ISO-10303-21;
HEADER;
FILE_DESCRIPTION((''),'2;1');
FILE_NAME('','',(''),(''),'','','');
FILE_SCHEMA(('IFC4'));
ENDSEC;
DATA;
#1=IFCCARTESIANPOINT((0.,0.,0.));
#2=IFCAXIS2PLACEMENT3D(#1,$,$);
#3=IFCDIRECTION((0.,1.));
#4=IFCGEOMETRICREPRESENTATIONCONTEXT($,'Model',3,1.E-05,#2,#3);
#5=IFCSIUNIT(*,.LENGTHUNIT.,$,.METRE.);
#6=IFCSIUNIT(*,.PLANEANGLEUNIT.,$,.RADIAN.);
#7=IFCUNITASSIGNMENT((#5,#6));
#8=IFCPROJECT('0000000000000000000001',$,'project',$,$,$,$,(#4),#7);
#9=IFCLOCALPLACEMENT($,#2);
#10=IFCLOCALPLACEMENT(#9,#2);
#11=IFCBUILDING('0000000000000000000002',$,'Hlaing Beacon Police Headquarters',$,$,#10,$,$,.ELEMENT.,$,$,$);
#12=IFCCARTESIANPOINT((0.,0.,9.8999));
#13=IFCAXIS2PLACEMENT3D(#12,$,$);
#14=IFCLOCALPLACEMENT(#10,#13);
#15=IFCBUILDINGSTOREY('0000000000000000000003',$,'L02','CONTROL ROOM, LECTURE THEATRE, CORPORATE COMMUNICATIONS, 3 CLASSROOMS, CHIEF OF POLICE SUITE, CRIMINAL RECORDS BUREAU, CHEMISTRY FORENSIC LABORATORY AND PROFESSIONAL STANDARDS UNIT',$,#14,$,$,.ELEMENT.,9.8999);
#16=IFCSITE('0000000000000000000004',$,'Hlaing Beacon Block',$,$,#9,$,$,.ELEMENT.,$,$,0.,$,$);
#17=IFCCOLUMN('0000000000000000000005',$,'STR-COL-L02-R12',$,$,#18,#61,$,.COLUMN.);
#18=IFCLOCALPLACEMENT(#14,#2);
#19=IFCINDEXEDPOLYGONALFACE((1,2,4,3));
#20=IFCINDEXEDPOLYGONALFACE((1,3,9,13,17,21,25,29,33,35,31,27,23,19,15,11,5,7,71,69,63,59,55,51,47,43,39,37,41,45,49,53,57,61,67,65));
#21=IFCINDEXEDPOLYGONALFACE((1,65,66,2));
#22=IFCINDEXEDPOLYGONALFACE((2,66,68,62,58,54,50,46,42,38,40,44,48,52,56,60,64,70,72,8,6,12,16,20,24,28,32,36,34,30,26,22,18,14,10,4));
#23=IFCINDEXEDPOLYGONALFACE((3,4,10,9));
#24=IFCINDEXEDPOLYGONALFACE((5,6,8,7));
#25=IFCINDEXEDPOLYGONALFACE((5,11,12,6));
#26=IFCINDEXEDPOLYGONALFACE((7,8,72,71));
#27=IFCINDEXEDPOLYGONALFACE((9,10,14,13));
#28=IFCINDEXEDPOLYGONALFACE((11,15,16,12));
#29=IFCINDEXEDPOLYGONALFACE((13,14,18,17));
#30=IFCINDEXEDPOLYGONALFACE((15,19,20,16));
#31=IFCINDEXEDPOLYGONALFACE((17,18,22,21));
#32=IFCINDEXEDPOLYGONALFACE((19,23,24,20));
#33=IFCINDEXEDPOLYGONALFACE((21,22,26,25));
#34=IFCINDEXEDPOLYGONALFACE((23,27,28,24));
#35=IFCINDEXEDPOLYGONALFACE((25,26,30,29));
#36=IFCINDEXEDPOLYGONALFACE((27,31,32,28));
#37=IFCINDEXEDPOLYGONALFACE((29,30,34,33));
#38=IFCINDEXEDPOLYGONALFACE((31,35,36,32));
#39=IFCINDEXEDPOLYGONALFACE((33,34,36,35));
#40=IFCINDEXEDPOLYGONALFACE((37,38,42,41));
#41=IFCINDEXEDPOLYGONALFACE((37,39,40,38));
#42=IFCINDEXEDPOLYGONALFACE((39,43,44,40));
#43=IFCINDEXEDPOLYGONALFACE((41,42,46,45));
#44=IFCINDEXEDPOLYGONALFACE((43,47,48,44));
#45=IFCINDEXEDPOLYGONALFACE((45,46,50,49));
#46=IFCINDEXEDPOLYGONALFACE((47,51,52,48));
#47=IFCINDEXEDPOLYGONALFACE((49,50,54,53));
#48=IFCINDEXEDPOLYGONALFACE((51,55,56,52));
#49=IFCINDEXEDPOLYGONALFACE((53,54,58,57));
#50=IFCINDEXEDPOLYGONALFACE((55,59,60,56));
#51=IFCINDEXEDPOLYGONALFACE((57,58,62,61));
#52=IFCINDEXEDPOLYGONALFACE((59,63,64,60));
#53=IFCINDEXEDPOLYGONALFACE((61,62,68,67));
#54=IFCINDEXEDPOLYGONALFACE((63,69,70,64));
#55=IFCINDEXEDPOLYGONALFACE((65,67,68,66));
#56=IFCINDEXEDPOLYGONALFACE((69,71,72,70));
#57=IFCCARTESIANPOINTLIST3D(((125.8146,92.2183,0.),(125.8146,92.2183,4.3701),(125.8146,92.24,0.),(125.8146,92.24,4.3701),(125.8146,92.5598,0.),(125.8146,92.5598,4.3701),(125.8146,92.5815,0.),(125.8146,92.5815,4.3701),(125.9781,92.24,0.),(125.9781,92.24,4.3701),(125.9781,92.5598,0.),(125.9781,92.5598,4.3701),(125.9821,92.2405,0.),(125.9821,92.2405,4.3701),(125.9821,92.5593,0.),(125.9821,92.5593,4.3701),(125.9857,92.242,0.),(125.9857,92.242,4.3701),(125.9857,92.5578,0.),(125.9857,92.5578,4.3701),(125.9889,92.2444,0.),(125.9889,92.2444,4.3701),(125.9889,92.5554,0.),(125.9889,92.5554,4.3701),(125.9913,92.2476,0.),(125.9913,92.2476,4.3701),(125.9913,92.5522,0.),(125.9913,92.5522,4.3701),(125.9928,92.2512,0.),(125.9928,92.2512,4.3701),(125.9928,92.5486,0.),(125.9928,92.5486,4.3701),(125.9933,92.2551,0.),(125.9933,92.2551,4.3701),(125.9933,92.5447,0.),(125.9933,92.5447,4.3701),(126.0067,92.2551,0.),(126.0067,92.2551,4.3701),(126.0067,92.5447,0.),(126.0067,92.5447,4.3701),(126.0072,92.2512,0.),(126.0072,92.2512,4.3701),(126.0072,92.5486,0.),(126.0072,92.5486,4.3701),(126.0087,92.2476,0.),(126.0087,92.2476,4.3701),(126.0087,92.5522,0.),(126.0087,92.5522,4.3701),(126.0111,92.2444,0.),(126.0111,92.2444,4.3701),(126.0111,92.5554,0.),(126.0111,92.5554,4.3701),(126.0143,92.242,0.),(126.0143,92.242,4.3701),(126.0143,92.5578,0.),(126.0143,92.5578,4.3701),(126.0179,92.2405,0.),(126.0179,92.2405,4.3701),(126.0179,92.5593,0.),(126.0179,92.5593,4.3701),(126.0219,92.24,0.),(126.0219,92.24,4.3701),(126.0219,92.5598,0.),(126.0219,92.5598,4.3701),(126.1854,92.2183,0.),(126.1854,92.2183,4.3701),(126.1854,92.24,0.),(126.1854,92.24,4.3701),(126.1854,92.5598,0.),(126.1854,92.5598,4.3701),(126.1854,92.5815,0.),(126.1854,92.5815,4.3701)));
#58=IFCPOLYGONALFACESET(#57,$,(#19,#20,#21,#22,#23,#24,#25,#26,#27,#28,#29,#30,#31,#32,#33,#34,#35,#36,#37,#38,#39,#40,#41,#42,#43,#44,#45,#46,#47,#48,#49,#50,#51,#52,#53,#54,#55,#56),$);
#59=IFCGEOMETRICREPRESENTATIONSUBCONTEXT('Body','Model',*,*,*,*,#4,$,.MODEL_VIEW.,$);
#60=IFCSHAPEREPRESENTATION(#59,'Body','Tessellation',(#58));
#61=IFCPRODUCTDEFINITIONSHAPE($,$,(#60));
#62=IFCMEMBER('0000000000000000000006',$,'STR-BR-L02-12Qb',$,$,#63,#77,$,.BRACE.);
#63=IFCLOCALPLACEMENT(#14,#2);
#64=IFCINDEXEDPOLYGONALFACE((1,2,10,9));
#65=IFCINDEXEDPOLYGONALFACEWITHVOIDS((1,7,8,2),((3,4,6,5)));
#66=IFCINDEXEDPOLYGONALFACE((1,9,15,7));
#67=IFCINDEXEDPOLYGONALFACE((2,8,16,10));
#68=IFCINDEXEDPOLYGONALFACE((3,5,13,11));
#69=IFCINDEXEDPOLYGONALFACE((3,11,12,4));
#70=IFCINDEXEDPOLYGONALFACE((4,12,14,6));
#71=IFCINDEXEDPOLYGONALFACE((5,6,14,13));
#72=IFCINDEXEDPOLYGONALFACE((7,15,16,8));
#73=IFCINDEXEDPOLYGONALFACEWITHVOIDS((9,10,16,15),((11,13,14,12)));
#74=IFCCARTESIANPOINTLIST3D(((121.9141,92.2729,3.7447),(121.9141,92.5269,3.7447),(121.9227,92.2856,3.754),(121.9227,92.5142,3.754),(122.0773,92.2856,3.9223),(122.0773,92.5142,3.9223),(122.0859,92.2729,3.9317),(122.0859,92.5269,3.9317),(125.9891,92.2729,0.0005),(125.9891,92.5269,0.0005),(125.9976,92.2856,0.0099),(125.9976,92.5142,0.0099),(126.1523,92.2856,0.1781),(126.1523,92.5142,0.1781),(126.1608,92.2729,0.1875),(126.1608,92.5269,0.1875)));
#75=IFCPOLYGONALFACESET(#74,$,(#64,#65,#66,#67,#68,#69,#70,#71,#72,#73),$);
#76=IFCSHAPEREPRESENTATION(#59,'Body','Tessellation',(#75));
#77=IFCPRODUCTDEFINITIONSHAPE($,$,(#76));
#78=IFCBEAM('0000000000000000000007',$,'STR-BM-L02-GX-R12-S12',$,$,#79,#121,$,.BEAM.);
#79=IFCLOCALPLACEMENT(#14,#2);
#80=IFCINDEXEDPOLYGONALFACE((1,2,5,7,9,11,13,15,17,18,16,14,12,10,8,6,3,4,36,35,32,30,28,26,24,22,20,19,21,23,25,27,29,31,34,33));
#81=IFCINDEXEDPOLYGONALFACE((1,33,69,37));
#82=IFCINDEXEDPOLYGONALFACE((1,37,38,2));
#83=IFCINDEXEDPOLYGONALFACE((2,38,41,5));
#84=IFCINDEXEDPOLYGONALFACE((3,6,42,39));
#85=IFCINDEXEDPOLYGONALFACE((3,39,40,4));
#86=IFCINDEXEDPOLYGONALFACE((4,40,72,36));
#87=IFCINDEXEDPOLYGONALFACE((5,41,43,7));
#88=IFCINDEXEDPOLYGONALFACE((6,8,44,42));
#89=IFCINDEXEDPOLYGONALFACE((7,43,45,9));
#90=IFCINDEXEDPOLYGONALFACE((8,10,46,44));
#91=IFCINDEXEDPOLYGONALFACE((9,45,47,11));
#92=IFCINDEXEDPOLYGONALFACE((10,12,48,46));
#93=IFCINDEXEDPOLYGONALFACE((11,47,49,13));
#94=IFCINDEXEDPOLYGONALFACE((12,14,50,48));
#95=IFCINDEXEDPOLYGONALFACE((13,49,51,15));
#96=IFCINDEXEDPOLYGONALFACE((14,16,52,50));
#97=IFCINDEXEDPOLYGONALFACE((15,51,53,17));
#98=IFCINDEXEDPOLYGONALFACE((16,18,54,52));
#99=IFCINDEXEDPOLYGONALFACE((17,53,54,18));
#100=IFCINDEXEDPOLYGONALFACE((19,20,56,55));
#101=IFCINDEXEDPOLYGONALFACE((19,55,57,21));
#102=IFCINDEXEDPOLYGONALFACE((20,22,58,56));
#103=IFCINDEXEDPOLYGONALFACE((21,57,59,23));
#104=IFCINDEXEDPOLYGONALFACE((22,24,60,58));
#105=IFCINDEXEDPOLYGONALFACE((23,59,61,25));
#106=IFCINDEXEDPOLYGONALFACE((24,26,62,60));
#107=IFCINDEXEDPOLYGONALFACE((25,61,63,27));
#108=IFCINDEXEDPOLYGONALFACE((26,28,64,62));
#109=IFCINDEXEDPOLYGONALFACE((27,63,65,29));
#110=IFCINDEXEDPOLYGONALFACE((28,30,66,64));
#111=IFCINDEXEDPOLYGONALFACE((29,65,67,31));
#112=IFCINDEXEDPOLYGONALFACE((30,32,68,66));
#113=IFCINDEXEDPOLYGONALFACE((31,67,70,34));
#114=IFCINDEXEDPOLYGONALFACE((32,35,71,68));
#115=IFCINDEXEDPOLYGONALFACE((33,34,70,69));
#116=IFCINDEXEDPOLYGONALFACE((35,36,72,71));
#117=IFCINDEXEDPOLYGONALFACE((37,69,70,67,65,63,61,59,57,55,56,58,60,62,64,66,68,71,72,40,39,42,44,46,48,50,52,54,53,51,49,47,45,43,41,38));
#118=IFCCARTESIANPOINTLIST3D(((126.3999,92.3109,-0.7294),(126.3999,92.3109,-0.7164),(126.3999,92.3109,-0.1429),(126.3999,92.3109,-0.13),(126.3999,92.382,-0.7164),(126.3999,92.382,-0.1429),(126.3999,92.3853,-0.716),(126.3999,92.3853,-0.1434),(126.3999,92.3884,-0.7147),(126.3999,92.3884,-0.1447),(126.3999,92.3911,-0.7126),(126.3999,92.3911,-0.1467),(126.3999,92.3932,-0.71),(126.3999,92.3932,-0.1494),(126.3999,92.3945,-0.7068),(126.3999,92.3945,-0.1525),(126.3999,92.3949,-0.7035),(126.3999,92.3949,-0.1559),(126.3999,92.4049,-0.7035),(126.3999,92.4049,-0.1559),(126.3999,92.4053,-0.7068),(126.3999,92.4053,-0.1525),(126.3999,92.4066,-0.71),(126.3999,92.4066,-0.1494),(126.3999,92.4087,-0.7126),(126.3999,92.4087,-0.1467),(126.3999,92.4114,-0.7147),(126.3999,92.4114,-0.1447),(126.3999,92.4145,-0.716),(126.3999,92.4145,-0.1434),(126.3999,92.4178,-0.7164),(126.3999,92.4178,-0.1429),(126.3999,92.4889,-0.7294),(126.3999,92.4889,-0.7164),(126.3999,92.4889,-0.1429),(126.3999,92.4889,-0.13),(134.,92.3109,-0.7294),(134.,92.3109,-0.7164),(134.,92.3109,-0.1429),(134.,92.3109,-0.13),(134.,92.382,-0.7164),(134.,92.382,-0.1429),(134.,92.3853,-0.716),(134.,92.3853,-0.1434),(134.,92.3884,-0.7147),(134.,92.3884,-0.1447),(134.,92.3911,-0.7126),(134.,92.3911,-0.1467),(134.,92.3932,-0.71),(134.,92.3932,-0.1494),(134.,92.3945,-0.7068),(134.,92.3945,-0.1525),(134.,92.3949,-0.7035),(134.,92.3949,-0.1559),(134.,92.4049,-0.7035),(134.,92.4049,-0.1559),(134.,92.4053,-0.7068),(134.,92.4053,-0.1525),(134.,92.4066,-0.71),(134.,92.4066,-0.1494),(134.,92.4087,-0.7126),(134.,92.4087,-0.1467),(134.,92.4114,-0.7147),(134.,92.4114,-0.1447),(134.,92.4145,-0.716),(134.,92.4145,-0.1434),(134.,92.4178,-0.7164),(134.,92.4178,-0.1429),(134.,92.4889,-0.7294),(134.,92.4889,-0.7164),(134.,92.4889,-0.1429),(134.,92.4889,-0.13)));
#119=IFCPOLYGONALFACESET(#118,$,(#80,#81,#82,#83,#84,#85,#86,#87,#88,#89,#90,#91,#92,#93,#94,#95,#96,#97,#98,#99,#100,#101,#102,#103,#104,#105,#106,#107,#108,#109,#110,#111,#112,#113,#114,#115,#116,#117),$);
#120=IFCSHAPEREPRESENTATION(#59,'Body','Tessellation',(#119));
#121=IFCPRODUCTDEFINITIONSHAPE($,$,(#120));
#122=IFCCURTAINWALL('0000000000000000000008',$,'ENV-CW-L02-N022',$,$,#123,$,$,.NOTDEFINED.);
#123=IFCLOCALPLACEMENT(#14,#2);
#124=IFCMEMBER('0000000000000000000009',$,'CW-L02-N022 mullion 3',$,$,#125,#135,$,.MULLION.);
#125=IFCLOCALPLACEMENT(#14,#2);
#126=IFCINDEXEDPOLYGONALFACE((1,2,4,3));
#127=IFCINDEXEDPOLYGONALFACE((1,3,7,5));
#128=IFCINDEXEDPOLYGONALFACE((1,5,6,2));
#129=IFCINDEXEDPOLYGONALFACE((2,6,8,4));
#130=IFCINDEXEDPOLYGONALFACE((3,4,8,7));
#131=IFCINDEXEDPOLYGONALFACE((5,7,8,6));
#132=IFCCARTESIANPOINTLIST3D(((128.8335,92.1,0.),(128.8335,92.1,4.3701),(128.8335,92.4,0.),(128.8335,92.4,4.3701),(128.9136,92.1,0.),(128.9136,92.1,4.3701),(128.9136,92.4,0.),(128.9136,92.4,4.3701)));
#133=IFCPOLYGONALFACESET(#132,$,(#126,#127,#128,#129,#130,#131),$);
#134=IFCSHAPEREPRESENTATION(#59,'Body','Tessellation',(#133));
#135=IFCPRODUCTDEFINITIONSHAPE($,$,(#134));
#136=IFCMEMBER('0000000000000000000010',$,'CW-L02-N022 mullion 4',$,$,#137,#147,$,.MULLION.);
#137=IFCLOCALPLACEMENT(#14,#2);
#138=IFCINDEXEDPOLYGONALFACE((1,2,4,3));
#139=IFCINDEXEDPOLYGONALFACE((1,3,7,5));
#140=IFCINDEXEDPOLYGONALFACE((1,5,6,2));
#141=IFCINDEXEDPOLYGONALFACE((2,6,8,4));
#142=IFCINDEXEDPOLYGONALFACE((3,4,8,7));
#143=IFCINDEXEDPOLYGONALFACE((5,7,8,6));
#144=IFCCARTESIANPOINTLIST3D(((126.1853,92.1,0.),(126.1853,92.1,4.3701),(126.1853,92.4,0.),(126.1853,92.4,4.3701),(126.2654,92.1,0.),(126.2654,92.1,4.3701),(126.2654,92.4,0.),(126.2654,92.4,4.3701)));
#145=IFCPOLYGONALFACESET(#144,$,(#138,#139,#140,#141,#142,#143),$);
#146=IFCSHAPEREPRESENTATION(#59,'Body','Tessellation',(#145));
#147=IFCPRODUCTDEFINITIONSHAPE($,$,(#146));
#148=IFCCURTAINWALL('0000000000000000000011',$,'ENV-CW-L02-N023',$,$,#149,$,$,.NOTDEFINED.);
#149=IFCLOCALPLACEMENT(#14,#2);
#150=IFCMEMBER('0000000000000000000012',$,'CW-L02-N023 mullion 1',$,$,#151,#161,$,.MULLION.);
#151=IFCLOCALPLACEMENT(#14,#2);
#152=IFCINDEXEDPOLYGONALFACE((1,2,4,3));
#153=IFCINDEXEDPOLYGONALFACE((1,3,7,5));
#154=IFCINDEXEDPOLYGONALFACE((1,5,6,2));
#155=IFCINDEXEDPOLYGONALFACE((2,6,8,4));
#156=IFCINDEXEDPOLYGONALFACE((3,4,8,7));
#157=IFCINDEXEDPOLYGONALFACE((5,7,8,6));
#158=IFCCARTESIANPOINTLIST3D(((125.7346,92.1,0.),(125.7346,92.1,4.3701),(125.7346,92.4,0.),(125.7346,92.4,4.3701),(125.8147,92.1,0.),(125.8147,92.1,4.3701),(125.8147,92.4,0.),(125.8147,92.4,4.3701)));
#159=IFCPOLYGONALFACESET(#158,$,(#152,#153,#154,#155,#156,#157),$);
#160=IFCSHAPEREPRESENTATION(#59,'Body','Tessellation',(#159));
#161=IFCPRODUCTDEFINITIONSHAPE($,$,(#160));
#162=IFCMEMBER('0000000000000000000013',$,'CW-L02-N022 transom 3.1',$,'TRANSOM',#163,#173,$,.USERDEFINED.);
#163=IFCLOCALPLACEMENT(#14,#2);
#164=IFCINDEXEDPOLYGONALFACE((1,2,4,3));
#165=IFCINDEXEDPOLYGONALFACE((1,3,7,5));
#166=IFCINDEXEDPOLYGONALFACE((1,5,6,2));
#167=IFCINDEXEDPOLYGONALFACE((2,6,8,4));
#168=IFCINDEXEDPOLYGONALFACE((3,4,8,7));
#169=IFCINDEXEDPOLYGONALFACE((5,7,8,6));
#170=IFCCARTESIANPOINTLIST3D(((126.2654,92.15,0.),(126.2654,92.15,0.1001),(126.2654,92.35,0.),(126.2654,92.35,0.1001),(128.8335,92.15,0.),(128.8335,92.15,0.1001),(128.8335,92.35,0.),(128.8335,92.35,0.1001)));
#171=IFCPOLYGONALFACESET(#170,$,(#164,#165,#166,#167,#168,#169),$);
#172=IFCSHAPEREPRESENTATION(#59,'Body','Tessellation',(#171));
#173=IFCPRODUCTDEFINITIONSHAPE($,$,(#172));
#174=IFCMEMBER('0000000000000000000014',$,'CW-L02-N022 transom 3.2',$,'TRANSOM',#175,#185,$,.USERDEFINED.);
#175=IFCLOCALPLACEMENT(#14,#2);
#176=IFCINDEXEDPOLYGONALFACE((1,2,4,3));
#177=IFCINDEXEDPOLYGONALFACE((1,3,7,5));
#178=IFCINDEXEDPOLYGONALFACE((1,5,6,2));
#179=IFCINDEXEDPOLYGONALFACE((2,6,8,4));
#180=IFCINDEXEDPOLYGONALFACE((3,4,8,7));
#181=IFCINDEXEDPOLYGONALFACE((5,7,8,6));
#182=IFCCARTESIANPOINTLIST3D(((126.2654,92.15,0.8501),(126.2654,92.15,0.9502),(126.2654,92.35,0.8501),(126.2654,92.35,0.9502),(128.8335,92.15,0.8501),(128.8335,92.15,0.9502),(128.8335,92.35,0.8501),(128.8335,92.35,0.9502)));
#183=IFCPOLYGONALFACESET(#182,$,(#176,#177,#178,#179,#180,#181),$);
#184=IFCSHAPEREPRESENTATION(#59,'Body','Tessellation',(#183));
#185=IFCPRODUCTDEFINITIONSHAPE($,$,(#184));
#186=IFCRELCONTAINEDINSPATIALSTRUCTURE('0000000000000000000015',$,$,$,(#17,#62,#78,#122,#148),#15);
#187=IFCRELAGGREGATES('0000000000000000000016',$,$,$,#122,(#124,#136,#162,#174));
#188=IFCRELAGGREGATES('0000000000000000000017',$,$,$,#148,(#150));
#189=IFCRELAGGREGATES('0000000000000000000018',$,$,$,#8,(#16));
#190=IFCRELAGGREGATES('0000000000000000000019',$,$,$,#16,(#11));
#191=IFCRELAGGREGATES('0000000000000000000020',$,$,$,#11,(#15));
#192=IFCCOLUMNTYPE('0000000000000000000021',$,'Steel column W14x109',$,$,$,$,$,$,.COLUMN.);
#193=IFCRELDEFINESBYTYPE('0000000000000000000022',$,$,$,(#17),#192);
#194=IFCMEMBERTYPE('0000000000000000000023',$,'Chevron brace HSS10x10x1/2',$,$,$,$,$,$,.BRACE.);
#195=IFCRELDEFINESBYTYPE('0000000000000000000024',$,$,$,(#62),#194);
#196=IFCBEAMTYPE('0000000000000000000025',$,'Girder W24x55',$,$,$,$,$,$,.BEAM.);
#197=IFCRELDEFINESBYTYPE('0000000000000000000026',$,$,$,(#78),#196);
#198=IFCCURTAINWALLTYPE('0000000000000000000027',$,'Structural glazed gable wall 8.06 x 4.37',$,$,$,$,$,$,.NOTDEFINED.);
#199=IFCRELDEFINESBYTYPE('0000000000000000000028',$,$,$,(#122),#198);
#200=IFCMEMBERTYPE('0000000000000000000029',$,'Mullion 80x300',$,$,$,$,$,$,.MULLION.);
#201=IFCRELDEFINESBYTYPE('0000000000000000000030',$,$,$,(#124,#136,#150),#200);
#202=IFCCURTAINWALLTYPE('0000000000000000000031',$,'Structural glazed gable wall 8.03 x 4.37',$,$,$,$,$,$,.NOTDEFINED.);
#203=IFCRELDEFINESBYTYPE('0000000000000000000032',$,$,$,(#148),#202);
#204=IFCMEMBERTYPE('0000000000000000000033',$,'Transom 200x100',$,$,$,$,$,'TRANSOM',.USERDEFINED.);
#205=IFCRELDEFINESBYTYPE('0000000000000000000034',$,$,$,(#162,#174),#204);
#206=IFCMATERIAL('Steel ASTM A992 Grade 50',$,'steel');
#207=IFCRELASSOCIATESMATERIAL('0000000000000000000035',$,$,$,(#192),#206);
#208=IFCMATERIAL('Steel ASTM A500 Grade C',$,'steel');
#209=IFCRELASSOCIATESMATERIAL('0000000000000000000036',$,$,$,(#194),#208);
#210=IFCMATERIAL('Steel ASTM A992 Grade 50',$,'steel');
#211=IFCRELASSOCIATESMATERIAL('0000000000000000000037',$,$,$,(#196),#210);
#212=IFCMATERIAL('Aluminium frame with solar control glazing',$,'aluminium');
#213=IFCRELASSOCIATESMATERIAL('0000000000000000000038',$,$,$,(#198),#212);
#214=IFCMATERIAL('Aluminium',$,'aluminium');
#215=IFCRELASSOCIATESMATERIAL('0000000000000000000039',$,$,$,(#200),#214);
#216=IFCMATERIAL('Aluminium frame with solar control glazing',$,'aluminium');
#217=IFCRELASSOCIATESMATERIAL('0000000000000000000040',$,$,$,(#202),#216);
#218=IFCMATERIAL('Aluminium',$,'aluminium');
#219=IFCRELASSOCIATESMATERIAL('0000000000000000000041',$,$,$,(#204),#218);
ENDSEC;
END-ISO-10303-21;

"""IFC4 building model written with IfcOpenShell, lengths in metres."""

from ifc_helpers import new_model, si_unit, direction, frame, origin, origin_2d, place, context, subcontext, project, spatial, rectangle, hollow_rectangle, i_section, extrude, material, material_profile, profile_set, type_object, element, aggregate, save


model = new_model("IFC4")

# Units and contexts
model_context = context("Model", 3, precision=1e-05, world=origin(), true_north=direction((0.0, 1.0)))
body_context = subcontext(model_context, "Body", "Model", "MODEL_VIEW")
ifc_project = project(units=[si_unit("LENGTHUNIT", "METRE"), si_unit("PLANEANGLEUNIT", "RADIAN")], contexts=[model_context])

# Site, building, storey
site_placement = place(None, origin())
site = spatial("IfcSite", under=ifc_project, at=site_placement, Name="Hlaing Beacon Block", CompositionType="ELEMENT", RefElevation=0.0)
building_placement = place(site_placement, origin())
building = spatial("IfcBuilding", under=site, at=building_placement, Name="Hlaing Beacon Police Headquarters", CompositionType="ELEMENT")
storey_placement = place(building_placement, frame((0.0, 0.0, 9.8999)))
storey = spatial("IfcBuildingStorey", under=building, at=storey_placement, Name="L02", Description="CONTROL ROOM, LECTURE THEATRE, CORPORATE COMMUNICATIONS, 3 CLASSROOMS, CHIEF OF POLICE SUITE, CRIMINAL RECORDS BUREAU, CHEMISTRY FORENSIC LABORATORY AND PROFESSIONAL STANDARDS UNIT", CompositionType="ELEMENT", Elevation=9.8999)

# Column
ifc_material_1 = material(Name="Steel ASTM A992 Grade 50", Category="steel")
ifc_material_profile_1 = material_profile(ifc_material_1, i_section(OverallWidth=0.3708, OverallDepth=0.3633, WebThickness=0.0134, FlangeThickness=0.0217, FilletRadius=0.0151, at=origin_2d()), Name="W14x109")
ifc_profile_set_1 = profile_set([ifc_material_profile_1], Name="Steel ASTM A992 Grade 50")
column_type = type_object("IfcColumnType", Name="Steel column W14x109", PredefinedType="COLUMN", material=ifc_profile_set_1)
column_placement = place(storey_placement, frame((126.0, 92.3999, 0.0), z_axis=(0.0, 0.0, 1.0), x_axis=(1.0, 0.0, 0.0)))
element("IfcColumn", 1, at=column_placement, inside=storey, type_object=column_type, Name="STR-COL-L02-R12", PredefinedType="COLUMN", context=body_context, shape_type="SweptSolid", body=[
    extrude(i_section(OverallWidth=0.3708, OverallDepth=0.3633, WebThickness=0.0134, FlangeThickness=0.0217, FilletRadius=0.0151, at=origin_2d()), origin(), (0.0, 0.0, 1.0), 4.3701),
])

# Member
ifc_material_2 = material(Name="Steel ASTM A500 Grade C", Category="steel")
ifc_material_profile_2 = material_profile(ifc_material_2, hollow_rectangle(XDim=0.2539, YDim=0.2539, WallThickness=0.0127, at=origin_2d()), Name="HSS10x10x1/2")
ifc_profile_set_2 = profile_set([ifc_material_profile_2], Name="Steel ASTM A500 Grade C")
member_type_1 = type_object("IfcMemberType", Name="Chevron brace HSS10x10x1/2", PredefinedType="BRACE", material=ifc_profile_set_2)
member_1_placement = place(storey_placement, frame((126.075, 92.3999, 0.094), z_axis=(-0.736364, 0.0, 0.676585), x_axis=(0.0, -1.0, 0.0)))
element("IfcMember", 2, at=member_1_placement, inside=storey, type_object=member_type_1, Name="STR-BR-L02-12Qb", PredefinedType="BRACE", context=body_context, shape_type="SweptSolid", body=[
    extrude(hollow_rectangle(XDim=0.2539, YDim=0.2539, WallThickness=0.0127, at=origin_2d()), origin(), (0.0, 0.0, 1.0), 5.5339),
])

# Beam
ifc_material_3 = material(Name="Steel ASTM A992 Grade 50", Category="steel")
ifc_material_profile_3 = material_profile(ifc_material_3, i_section(OverallWidth=0.178, OverallDepth=0.5994, WebThickness=0.01, FlangeThickness=0.0129, FilletRadius=0.0129, at=origin_2d()), Name="W24x55")
ifc_profile_set_3 = profile_set([ifc_material_profile_3], Name="Steel ASTM A992 Grade 50")
beam_type = type_object("IfcBeamType", Name="Girder W24x55", PredefinedType="BEAM", material=ifc_profile_set_3)
beam_placement = place(storey_placement, frame((126.3999, 92.3999, -0.4297), z_axis=(1.0, 0.0, 0.0), x_axis=(0.0, 1.0, 0.0)))
element("IfcBeam", 3, at=beam_placement, inside=storey, type_object=beam_type, Name="STR-BM-L02-GX-R12-S12", PredefinedType="BEAM", context=body_context, shape_type="SweptSolid", body=[
    extrude(i_section(OverallWidth=0.178, OverallDepth=0.5994, WebThickness=0.01, FlangeThickness=0.0129, FilletRadius=0.0129, at=origin_2d()), origin(), (0.0, 0.0, 1.0), 7.6001),
])

# Curtain wall, members
ifc_material_4 = material(Name="Aluminium frame with solar control glazing", Category="aluminium")
curtain_wall_type_1 = type_object("IfcCurtainWallType", Name="Structural glazed gable wall 8.06 x 4.37", PredefinedType="NOTDEFINED", material=ifc_material_4)
curtain_wall_1_placement = place(storey_placement, origin())
curtain_wall_1 = element("IfcCurtainWall", 4, at=curtain_wall_1_placement, inside=storey, type_object=curtain_wall_type_1, Name="ENV-CW-L02-N022", PredefinedType="NOTDEFINED")
ifc_material_5 = material(Name="Aluminium", Category="aluminium")
ifc_material_profile_4 = material_profile(ifc_material_5, rectangle(XDim=0.3, YDim=0.0801, at=origin_2d()), Name="Mullion 80x300")
ifc_profile_set_4 = profile_set([ifc_material_profile_4], Name="Aluminium")
member_type_2 = type_object("IfcMemberType", Name="Mullion 80x300", PredefinedType="MULLION", material=ifc_profile_set_4)
member_2_placement = place(storey_placement, frame((128.8735, 92.25, 0.0), z_axis=(0.0, 0.0, 1.0), x_axis=(0.0, -1.0, 0.0)))
member_2 = element("IfcMember", 5, at=member_2_placement, type_object=member_type_2, Name="CW-L02-N022 mullion 3", PredefinedType="MULLION", context=body_context, shape_type="SweptSolid", body=[
    extrude(rectangle(XDim=0.3, YDim=0.0801, at=origin_2d()), origin(), (0.0, 0.0, 1.0), 4.3701),
])
member_3_placement = place(storey_placement, frame((126.2253, 92.25, 0.0), z_axis=(0.0, 0.0, 1.0), x_axis=(0.0, -1.0, 0.0)))
member_3 = element("IfcMember", 6, at=member_3_placement, type_object=member_type_2, Name="CW-L02-N022 mullion 4", PredefinedType="MULLION", context=body_context, shape_type="SweptSolid", body=[
    extrude(rectangle(XDim=0.3, YDim=0.0801, at=origin_2d()), origin(), (0.0, 0.0, 1.0), 4.3701),
])

# Curtain wall, member
ifc_material_6 = material(Name="Aluminium frame with solar control glazing", Category="aluminium")
curtain_wall_type_2 = type_object("IfcCurtainWallType", Name="Structural glazed gable wall 8.03 x 4.37", PredefinedType="NOTDEFINED", material=ifc_material_6)
curtain_wall_2_placement = place(storey_placement, origin())
curtain_wall_2 = element("IfcCurtainWall", 7, at=curtain_wall_2_placement, inside=storey, type_object=curtain_wall_type_2, Name="ENV-CW-L02-N023", PredefinedType="NOTDEFINED")
member_4_placement = place(storey_placement, frame((125.7747, 92.25, 0.0), z_axis=(0.0, 0.0, 1.0), x_axis=(0.0, -1.0, 0.0)))
member_4 = element("IfcMember", 8, at=member_4_placement, type_object=member_type_2, Name="CW-L02-N023 mullion 1", PredefinedType="MULLION", context=body_context, shape_type="SweptSolid", body=[
    extrude(rectangle(XDim=0.3, YDim=0.0801, at=origin_2d()), origin(), (0.0, 0.0, 1.0), 4.3701),
])

# Members
ifc_material_7 = material(Name="Aluminium", Category="aluminium")
ifc_material_profile_5 = material_profile(ifc_material_7, rectangle(XDim=0.2, YDim=0.1001, at=origin_2d()), Name="Transom 200x100")
ifc_profile_set_5 = profile_set([ifc_material_profile_5], Name="Aluminium")
member_type_3 = type_object("IfcMemberType", Name="Transom 200x100", ElementType="TRANSOM", PredefinedType="USERDEFINED", material=ifc_profile_set_5)
member_5_placement = place(storey_placement, frame((128.8335, 92.25, 0.05), z_axis=(-1.0, 0.0, 0.0), x_axis=(0.0, -1.0, 0.0)))
member_5 = element("IfcMember", 9, at=member_5_placement, type_object=member_type_3, Name="CW-L02-N022 transom 3.1", ObjectType="TRANSOM", PredefinedType="USERDEFINED", context=body_context, shape_type="SweptSolid", body=[
    extrude(rectangle(XDim=0.2, YDim=0.1001, at=origin_2d()), origin(), (0.0, 0.0, 1.0), 2.5681),
])
member_6_placement = place(storey_placement, frame((128.8335, 92.25, 0.9001), z_axis=(-1.0, 0.0, 0.0), x_axis=(0.0, -1.0, 0.0)))
member_6 = element("IfcMember", 10, at=member_6_placement, type_object=member_type_3, Name="CW-L02-N022 transom 3.2", ObjectType="TRANSOM", PredefinedType="USERDEFINED", context=body_context, shape_type="SweptSolid", body=[
    extrude(rectangle(XDim=0.2, YDim=0.1001, at=origin_2d()), origin(), (0.0, 0.0, 1.0), 2.5681),
])

aggregate(curtain_wall_1, [member_2, member_3, member_5, member_6])
aggregate(curtain_wall_2, [member_4])

save(model, "model.ifc")
